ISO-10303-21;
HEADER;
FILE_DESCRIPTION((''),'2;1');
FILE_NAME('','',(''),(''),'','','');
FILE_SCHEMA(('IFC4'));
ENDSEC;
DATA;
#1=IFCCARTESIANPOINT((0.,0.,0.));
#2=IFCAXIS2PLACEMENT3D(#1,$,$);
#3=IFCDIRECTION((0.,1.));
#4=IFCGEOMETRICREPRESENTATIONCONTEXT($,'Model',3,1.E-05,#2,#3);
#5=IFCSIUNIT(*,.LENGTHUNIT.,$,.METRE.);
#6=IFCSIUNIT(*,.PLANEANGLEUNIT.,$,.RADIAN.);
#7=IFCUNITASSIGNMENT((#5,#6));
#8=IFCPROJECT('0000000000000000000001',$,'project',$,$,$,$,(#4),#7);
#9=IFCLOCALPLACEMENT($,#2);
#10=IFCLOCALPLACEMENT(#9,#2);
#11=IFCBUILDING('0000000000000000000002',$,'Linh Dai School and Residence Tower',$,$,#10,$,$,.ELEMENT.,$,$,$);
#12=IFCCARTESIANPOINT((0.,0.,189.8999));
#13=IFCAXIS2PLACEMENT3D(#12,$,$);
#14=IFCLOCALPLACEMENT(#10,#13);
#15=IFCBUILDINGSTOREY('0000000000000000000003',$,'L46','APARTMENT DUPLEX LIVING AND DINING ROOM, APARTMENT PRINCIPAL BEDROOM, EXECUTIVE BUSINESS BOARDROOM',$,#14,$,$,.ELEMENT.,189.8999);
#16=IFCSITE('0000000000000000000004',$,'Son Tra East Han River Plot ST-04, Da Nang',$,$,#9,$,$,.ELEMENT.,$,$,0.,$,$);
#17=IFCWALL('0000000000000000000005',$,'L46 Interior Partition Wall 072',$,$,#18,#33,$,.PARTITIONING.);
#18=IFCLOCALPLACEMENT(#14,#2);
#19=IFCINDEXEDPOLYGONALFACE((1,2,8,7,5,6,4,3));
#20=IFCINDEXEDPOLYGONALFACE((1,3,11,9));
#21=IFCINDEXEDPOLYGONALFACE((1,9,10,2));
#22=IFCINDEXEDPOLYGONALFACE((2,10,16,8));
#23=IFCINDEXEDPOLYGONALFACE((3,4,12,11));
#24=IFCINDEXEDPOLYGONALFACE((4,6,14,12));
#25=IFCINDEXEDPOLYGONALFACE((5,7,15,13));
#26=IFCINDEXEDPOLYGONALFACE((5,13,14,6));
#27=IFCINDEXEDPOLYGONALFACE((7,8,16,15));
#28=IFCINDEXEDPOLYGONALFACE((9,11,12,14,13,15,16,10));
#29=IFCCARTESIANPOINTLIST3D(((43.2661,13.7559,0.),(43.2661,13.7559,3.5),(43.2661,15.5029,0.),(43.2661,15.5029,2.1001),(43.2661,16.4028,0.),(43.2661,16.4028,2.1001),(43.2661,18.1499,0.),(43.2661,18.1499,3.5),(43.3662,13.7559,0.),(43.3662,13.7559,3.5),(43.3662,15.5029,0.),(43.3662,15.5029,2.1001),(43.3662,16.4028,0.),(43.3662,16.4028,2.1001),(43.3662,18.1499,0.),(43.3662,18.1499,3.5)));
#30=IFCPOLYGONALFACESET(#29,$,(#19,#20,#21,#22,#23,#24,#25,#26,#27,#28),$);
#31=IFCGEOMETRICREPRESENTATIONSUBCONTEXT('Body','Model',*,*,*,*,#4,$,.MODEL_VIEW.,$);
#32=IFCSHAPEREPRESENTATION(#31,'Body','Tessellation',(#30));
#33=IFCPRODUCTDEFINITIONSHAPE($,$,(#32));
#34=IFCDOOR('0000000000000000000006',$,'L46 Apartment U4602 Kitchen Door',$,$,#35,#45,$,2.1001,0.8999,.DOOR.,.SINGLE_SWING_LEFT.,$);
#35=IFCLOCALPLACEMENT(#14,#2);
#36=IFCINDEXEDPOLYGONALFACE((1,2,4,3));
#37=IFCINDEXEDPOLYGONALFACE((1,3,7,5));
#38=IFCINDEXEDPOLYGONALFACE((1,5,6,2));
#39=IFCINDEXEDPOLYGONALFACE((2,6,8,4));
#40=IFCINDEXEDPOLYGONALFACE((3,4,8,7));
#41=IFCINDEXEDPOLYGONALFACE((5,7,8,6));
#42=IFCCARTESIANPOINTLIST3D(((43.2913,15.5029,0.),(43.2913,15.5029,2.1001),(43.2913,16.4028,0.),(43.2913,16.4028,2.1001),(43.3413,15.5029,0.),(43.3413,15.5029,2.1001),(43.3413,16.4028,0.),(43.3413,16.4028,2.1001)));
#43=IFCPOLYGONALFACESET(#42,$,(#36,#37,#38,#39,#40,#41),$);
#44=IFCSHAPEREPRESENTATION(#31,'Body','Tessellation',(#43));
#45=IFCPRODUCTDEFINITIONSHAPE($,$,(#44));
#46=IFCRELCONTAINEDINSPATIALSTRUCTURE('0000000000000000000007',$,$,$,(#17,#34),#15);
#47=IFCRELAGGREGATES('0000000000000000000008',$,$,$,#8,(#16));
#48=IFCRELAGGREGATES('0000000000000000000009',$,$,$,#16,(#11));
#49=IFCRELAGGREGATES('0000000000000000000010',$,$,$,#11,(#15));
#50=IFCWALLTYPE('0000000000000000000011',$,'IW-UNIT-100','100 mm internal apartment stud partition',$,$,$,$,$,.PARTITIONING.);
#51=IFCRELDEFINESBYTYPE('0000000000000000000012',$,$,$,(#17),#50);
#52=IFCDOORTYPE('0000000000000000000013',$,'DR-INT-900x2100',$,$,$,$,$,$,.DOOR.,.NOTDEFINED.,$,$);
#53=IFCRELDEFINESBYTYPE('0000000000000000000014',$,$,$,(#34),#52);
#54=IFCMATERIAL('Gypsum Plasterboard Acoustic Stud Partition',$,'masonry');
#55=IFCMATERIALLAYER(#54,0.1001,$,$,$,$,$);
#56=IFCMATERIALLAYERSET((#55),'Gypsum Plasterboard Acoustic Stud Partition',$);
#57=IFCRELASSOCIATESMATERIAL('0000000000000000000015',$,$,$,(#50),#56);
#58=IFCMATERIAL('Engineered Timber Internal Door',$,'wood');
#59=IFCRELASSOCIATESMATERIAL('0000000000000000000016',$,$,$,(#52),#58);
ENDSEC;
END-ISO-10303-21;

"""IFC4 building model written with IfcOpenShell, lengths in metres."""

from ifc_helpers import new_model, si_unit, direction, frame, frame_2d, origin, origin_2d, place, context, subcontext, project, spatial, rectangle, extrude, source, transform, mapped, material, layer, layer_set, type_object, element, fill, save


model = new_model("IFC4")

# Units and contexts
model_context = context("Model", 3, precision=1e-05, world=origin(), true_north=direction((0.0, 1.0)))
body_context = subcontext(model_context, "Body", "Model", "MODEL_VIEW")
ifc_project = project(units=[si_unit("LENGTHUNIT", "METRE"), si_unit("PLANEANGLEUNIT", "RADIAN")], contexts=[model_context])

# Site, building, storey
site_placement = place(None, origin())
site = spatial("IfcSite", under=ifc_project, at=site_placement, Name="Son Tra East Han River Plot ST-04, Da Nang", CompositionType="ELEMENT", RefElevation=0.0)
building_placement = place(site_placement, origin())
building = spatial("IfcBuilding", under=site, at=building_placement, Name="Linh Dai School and Residence Tower", CompositionType="ELEMENT")
storey_placement = place(building_placement, frame((0.0, 0.0, 189.8999)))
storey = spatial("IfcBuildingStorey", under=building, at=storey_placement, Name="L46", Description="APARTMENT DUPLEX LIVING AND DINING ROOM, APARTMENT PRINCIPAL BEDROOM, EXECUTIVE BUSINESS BOARDROOM", CompositionType="ELEMENT", Elevation=189.8999)

# Shared definitions
ifc_material_1 = material(Name="Gypsum Plasterboard Acoustic Stud Partition", Category="masonry")
ifc_layer_1 = layer(ifc_material_1, 0.1001)
ifc_layer_set_1 = layer_set([ifc_layer_1], Name="Gypsum Plasterboard Acoustic Stud Partition")
wall_type_1 = type_object("IfcWallType", Name="IW-UNIT-100", Description="100 mm internal apartment stud partition", PredefinedType="PARTITIONING", material=ifc_layer_set_1)

# Wall, opening, door
ifc_material_2 = material(Name="Engineered Timber Internal Door", Category="wood")
door_type_1 = type_object("IfcDoorType", Name="DR-INT-900x2100", OperationType="NOTDEFINED", PredefinedType="DOOR", material=ifc_material_2)
shared_shape_1 = source(origin(), body_context, "Body", "SweptSolid", [
    extrude(rectangle(XDim=0.8999, YDim=2.1001, at=origin_2d()), frame((0.45, 0.0249, 1.05), z_axis=(0.0, -1.0, 0.0), x_axis=(1.0, 0.0, 0.0)), (0.0, 0.0, 1.0), 0.05),
])
wall_1_placement = place(storey_placement, frame((43.3162, 13.7559, 0.0), z_axis=(0.0, 0.0, 1.0), x_axis=(0.0, 1.0, 0.0)))
wall_1 = element("IfcWall", 1, at=wall_1_placement, inside=storey, type_object=wall_type_1, Name="L46 Interior Partition Wall 072", PredefinedType="PARTITIONING", context=body_context, shape_type="SweptSolid", body=[
    extrude(rectangle(XDim=4.394, YDim=0.1001, at=frame_2d((2.197, 0.0))), origin(), (0.0, 0.0, 1.0), 3.5),
])
opening_1_placement = place(wall_1_placement, frame((1.7471, 0.0, 0.0)))
opening_1 = element("IfcOpeningElement", 2, at=opening_1_placement, cuts=wall_1, PredefinedType="OPENING", context=body_context, shape_type="SweptSolid", body=[
    extrude(rectangle(XDim=0.8999, YDim=2.1001, at=origin_2d()), frame((0.45, 0.0601, 1.05), z_axis=(0.0, -1.0, 0.0), x_axis=(1.0, 0.0, 0.0)), (0.0, 0.0, 1.0), 0.1201),
])
door_1_placement = place(opening_1_placement, origin())
door_1 = element("IfcDoor", 3, at=door_1_placement, inside=storey, type_object=door_type_1, Name="L46 Apartment U4602 Kitchen Door", OperationType="SINGLE_SWING_LEFT", OverallHeight=2.1001, OverallWidth=0.8999, PredefinedType="DOOR", context=body_context, shape_type="MappedRepresentation", body=[
    mapped(shared_shape_1, transform((0.0, 0.0, 0.0), x_axis=(1.0, 0.0, 0.0), y_axis=(0.0, 1.0, 0.0), z_axis=(0.0, 0.0, 1.0), scale=1.0)),
])
fill(opening_1, door_1)

save(model, "model.ifc")
